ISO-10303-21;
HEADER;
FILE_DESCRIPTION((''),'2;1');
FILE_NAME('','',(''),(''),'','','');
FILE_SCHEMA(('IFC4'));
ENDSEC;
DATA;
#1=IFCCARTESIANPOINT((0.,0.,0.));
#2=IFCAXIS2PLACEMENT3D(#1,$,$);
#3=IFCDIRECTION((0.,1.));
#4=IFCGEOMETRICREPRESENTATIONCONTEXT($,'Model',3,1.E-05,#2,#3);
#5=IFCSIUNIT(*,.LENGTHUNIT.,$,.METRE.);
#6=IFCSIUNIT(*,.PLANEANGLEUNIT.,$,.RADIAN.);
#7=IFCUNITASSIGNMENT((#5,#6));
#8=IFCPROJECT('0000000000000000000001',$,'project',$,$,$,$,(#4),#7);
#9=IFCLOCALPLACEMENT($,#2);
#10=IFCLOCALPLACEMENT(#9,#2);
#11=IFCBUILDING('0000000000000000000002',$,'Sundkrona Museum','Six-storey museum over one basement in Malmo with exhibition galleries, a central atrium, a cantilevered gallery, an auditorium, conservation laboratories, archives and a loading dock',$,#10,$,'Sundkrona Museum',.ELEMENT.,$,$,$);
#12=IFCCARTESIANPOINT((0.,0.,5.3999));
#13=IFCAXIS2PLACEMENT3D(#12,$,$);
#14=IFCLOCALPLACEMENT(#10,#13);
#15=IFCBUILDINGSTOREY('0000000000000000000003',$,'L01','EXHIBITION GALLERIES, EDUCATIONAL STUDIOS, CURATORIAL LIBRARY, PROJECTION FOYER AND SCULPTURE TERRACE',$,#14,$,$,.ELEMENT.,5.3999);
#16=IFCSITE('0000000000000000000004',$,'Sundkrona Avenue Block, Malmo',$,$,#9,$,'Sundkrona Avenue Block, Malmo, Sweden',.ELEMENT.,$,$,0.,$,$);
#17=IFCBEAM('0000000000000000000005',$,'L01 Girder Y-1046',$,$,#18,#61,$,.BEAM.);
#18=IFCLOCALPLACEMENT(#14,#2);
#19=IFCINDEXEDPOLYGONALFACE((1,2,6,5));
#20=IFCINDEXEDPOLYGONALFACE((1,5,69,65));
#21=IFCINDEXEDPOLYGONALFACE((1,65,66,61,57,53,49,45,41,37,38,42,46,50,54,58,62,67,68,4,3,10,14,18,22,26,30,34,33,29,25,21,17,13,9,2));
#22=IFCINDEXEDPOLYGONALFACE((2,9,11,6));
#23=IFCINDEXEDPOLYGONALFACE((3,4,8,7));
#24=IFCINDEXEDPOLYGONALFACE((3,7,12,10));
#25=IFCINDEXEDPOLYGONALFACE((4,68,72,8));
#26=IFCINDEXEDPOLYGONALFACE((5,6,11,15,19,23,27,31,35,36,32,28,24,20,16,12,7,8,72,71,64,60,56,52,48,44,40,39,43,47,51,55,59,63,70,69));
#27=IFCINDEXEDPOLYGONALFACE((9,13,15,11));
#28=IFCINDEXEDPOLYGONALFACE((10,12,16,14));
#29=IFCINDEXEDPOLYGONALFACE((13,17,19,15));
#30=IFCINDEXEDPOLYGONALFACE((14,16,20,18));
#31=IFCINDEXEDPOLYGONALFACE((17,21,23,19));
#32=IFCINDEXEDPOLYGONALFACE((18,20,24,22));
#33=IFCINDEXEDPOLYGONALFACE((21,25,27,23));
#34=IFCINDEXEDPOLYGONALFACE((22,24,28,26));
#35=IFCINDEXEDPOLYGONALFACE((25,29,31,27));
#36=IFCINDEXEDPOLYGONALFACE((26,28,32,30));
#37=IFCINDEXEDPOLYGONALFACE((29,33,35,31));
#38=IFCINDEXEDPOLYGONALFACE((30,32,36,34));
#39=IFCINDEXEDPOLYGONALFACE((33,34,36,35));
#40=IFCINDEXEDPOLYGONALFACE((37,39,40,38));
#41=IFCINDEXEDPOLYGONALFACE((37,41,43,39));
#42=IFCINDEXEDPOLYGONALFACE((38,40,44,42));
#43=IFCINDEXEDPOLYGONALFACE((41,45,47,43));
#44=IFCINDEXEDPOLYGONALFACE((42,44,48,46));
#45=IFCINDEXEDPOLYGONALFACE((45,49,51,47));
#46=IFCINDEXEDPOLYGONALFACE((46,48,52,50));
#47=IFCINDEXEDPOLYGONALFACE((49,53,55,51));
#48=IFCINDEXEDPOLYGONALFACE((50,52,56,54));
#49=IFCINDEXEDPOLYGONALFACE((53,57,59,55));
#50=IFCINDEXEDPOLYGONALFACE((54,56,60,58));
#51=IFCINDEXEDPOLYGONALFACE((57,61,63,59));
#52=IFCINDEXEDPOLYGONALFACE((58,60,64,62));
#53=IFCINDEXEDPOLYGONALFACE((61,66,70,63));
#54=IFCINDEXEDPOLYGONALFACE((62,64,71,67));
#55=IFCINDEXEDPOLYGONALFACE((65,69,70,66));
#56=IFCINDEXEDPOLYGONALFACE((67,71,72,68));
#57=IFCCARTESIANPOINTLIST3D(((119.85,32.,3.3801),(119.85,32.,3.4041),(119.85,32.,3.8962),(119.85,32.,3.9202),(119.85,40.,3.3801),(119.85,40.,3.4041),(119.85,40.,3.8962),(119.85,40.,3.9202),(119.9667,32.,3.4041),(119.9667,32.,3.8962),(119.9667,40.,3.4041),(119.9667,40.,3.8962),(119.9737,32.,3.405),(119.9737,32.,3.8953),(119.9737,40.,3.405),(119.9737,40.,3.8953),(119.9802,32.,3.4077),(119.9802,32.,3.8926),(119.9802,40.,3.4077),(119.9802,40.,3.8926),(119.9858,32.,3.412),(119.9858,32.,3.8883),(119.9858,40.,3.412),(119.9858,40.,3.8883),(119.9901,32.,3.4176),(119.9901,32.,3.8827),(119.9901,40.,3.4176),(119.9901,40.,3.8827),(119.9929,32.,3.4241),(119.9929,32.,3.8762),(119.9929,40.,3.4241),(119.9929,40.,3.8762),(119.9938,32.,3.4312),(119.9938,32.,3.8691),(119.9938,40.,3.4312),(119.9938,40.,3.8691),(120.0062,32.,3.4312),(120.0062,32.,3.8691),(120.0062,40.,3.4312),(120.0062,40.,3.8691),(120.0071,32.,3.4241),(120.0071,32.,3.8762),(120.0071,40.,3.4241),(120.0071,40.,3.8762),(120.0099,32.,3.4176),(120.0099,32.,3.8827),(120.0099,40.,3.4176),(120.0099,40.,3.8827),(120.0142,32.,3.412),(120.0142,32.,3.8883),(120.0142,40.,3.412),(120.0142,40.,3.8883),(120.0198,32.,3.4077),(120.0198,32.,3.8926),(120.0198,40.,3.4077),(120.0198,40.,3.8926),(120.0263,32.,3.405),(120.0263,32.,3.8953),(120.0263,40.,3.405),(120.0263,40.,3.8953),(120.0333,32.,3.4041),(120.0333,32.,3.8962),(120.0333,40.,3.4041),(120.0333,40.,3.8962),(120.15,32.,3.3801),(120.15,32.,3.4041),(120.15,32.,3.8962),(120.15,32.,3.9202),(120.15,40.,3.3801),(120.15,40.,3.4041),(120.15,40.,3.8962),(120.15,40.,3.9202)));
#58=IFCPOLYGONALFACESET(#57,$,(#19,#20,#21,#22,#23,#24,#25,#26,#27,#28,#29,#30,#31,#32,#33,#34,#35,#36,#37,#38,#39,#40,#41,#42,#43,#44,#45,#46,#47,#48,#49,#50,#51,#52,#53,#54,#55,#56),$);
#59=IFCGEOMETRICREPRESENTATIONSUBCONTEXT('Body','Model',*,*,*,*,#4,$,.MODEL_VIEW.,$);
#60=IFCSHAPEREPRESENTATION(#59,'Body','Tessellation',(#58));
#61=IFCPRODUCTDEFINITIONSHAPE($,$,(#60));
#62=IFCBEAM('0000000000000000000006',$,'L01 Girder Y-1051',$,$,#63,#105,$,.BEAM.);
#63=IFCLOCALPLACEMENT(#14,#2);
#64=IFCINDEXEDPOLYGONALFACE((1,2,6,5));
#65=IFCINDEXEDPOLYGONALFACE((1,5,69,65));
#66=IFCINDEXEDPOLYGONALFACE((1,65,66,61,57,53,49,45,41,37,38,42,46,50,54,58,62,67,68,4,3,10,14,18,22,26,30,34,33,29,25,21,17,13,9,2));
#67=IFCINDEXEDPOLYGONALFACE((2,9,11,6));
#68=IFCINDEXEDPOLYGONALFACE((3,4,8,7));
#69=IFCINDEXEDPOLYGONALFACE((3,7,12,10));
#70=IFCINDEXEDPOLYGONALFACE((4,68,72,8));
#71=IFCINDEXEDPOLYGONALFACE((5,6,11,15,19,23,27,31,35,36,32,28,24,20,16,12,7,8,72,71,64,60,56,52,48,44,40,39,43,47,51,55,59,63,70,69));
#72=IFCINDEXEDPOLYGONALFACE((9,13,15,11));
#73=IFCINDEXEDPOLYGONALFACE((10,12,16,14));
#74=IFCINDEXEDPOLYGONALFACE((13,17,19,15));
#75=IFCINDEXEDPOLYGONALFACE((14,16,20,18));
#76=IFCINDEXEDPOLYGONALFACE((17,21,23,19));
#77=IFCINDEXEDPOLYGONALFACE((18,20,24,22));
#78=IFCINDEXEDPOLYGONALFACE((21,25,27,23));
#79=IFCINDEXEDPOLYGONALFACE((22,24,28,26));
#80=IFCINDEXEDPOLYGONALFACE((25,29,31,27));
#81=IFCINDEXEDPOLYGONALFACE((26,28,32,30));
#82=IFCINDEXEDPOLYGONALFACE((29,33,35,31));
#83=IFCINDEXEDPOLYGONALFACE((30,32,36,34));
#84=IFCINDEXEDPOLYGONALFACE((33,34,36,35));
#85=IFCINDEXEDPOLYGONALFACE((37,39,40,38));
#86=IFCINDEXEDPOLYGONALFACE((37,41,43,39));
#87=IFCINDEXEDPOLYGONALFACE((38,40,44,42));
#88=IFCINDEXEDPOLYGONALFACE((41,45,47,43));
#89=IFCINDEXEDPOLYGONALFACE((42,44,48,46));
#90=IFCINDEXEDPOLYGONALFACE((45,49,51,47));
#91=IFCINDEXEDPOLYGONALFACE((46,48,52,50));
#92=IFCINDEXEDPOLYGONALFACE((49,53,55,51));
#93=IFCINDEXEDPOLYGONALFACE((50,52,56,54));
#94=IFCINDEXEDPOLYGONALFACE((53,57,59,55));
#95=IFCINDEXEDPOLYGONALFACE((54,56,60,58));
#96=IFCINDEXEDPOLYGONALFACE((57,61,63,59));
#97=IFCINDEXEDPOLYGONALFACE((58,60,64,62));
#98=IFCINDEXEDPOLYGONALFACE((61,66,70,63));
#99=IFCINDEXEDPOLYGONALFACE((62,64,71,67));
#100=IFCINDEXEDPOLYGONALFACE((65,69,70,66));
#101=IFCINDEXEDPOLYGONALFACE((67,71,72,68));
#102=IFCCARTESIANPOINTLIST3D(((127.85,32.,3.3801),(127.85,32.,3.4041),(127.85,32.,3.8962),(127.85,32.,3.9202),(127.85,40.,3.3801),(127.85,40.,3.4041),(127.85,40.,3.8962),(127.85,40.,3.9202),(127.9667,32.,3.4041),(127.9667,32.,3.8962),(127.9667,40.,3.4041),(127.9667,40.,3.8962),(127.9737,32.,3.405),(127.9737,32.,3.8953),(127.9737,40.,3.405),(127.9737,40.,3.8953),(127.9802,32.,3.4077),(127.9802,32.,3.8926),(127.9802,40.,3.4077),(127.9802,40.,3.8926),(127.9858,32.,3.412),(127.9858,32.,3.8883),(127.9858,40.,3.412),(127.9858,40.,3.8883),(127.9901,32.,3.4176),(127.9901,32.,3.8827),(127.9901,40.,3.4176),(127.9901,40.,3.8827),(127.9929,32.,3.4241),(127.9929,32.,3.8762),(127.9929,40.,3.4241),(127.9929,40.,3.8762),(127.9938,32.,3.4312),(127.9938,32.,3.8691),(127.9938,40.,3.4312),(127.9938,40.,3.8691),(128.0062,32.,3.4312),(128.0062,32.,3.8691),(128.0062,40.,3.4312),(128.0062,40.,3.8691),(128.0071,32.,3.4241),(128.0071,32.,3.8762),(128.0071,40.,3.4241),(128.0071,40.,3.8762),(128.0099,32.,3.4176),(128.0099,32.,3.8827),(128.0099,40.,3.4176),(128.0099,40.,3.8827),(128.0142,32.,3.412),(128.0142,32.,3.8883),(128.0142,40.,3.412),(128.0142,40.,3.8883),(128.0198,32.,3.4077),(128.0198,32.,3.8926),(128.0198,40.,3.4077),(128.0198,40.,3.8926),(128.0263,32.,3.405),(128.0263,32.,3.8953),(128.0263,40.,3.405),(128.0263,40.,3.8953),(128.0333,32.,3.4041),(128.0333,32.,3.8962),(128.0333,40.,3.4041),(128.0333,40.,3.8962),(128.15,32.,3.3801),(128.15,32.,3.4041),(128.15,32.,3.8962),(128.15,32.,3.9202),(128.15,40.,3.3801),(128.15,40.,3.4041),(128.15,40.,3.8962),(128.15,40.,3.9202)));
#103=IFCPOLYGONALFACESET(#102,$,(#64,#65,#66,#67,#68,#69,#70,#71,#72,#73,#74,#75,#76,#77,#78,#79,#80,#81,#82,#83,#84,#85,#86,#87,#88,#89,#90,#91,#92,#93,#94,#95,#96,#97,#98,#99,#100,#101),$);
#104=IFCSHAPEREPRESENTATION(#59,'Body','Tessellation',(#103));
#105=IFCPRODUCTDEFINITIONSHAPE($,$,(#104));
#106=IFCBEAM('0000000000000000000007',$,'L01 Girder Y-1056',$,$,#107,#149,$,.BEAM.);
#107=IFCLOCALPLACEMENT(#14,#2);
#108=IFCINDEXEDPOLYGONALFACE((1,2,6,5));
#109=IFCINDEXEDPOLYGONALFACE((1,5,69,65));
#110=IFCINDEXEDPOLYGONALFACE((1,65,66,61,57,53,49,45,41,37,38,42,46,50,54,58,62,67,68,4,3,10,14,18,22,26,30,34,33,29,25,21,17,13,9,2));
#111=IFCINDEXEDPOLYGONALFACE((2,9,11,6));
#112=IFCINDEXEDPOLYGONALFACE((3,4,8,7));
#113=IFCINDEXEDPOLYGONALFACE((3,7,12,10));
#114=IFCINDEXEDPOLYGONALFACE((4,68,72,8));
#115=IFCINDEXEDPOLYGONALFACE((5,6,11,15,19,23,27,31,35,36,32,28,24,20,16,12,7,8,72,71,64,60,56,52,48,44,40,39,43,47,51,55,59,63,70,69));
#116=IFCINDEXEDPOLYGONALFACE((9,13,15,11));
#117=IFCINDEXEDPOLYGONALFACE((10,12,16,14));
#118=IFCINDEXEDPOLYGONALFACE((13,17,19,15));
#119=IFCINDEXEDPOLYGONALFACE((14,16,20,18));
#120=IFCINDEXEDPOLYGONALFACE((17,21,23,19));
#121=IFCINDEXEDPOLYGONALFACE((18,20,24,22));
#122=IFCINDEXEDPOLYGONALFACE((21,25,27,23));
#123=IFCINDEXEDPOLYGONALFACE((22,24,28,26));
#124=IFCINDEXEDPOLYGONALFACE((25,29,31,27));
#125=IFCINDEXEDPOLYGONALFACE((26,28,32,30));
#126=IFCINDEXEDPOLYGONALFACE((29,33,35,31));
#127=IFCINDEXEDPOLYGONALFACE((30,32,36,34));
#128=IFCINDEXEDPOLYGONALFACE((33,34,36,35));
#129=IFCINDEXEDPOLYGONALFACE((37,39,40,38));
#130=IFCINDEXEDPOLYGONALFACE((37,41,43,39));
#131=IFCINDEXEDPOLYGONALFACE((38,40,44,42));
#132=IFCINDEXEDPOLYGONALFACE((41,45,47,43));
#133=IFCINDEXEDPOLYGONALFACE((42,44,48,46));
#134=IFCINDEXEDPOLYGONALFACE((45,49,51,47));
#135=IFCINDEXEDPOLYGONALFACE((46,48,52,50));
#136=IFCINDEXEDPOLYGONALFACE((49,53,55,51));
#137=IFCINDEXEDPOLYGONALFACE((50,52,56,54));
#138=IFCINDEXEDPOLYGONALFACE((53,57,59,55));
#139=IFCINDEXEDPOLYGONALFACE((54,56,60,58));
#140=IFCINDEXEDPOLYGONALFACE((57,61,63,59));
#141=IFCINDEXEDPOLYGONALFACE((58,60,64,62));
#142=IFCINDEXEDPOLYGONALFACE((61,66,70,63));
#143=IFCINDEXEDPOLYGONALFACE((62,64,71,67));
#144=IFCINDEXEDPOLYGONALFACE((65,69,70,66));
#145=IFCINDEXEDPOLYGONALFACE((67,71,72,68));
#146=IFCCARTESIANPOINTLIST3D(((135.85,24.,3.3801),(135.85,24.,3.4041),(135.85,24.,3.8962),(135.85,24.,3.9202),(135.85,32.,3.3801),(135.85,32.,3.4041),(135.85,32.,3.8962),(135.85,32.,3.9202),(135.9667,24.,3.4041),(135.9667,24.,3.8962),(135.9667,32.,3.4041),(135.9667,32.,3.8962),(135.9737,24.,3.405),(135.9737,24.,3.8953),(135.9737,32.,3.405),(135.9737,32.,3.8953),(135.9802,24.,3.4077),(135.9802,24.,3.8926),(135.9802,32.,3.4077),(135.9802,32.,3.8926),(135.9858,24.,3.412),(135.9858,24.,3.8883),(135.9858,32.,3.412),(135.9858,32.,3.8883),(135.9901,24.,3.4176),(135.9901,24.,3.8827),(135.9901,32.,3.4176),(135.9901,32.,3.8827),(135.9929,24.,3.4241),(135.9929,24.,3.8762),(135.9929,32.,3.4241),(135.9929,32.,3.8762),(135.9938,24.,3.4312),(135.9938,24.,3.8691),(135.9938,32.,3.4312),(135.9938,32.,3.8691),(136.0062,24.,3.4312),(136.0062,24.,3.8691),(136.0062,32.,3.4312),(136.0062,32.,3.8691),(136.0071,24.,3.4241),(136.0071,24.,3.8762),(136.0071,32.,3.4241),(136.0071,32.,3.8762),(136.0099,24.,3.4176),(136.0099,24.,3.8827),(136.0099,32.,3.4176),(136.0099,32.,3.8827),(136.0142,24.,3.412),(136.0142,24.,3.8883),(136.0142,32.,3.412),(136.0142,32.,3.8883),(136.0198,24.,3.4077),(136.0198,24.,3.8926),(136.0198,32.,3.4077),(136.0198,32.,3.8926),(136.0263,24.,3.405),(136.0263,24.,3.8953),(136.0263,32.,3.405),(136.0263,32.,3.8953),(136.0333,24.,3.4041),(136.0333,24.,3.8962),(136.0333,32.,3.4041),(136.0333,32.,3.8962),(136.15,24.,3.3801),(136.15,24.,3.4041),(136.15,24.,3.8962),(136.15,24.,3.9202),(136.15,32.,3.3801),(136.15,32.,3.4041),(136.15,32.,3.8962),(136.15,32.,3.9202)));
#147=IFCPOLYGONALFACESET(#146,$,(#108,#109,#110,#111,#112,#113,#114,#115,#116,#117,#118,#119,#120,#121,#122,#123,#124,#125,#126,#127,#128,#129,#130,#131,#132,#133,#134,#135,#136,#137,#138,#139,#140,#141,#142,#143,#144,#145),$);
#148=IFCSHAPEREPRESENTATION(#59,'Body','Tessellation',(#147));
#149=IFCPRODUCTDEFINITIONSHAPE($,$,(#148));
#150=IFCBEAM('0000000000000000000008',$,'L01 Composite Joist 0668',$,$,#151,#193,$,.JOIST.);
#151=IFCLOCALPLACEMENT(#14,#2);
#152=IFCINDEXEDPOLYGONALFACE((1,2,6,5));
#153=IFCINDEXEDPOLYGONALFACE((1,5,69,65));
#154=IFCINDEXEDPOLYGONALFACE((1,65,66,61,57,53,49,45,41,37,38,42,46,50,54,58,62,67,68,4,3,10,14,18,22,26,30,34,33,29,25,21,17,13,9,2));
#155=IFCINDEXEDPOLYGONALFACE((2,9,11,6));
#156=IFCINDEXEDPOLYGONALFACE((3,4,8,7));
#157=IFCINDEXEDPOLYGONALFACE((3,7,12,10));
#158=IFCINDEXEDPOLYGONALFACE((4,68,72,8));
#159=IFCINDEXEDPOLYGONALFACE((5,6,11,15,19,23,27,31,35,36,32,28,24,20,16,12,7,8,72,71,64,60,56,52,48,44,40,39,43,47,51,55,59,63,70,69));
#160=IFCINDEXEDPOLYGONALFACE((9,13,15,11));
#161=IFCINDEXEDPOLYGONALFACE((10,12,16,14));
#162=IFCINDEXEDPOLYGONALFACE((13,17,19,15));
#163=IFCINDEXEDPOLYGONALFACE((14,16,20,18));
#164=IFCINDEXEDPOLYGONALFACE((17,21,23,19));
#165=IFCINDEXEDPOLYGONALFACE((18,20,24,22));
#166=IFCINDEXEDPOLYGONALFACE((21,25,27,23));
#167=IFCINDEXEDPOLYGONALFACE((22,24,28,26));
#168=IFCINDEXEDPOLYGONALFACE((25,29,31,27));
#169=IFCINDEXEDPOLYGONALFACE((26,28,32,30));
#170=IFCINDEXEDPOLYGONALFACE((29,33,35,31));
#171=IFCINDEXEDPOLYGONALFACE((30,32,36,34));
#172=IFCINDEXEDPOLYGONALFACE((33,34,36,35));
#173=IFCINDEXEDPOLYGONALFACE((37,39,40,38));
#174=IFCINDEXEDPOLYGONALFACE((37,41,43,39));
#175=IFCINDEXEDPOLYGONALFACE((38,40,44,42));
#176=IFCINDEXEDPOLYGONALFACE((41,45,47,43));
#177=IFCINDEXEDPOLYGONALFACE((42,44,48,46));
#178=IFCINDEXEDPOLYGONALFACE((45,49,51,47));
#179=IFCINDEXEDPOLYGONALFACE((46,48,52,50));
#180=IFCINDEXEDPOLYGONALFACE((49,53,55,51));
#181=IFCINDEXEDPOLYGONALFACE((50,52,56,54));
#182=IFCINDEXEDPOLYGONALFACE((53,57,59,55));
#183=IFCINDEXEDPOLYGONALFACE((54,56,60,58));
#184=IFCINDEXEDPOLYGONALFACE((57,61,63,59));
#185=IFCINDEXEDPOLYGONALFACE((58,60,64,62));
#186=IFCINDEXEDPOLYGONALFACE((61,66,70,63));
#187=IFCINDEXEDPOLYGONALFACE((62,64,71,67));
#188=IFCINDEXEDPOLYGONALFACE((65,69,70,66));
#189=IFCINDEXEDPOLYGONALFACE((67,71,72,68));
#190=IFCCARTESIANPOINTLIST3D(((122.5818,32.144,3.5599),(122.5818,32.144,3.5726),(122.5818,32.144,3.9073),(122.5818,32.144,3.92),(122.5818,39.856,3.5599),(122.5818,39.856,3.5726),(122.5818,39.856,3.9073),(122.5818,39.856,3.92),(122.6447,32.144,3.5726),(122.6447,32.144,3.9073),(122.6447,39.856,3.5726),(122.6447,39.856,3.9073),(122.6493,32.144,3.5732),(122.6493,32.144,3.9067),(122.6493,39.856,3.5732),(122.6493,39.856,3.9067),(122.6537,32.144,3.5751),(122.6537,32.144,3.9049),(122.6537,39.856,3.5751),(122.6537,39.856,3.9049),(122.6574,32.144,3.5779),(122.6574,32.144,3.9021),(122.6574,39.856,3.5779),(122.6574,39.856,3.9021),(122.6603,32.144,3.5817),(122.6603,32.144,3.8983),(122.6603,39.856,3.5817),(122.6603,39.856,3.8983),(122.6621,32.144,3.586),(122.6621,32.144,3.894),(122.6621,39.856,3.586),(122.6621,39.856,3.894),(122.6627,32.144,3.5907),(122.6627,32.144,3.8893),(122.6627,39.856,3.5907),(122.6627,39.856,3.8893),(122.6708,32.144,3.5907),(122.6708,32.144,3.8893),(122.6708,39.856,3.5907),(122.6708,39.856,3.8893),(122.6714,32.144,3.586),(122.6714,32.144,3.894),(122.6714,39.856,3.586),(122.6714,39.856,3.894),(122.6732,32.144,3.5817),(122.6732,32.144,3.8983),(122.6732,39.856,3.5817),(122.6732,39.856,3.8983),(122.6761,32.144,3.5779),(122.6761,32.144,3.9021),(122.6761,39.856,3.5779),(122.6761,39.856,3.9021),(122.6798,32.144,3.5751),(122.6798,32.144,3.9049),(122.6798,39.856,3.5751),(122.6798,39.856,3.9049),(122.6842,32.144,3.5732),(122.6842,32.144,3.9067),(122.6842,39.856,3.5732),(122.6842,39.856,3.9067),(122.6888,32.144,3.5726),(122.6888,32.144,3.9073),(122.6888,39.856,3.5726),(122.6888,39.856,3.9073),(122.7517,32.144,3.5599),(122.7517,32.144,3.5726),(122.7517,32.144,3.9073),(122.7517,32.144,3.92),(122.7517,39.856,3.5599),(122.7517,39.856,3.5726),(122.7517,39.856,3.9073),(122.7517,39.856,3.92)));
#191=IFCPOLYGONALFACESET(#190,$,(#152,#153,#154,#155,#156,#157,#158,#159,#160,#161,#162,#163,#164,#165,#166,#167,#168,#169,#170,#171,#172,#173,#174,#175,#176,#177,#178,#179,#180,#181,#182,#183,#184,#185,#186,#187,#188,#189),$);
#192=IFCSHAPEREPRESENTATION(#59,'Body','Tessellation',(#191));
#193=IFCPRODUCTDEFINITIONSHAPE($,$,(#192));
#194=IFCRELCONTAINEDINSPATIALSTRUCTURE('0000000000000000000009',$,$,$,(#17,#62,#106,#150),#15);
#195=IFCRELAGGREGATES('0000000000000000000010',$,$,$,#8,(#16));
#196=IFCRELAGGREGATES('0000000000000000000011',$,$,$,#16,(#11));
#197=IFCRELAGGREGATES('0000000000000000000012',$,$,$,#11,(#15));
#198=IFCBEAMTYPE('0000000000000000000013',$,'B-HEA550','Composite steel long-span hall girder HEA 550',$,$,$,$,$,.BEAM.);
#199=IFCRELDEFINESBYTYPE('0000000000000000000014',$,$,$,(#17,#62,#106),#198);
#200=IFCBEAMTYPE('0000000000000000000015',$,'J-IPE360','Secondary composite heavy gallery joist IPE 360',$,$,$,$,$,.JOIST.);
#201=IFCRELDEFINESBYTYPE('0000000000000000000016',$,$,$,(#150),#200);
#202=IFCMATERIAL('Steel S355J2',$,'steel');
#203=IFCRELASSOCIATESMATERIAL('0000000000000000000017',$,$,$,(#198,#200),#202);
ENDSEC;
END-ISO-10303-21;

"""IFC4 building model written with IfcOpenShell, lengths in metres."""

from ifc_helpers import new_model, si_unit, direction, frame, origin, origin_2d, place, context, subcontext, project, spatial, i_section, extrude, material, material_profile, profile_set, type_object, element, save


model = new_model("IFC4")

# Units and contexts
model_context = context("Model", 3, precision=1e-05, world=origin(), true_north=direction((0.0, 1.0)))
body_context = subcontext(model_context, "Body", "Model", "MODEL_VIEW")
ifc_project = project(units=[si_unit("LENGTHUNIT", "METRE"), si_unit("PLANEANGLEUNIT", "RADIAN")], contexts=[model_context])

# Site, building, storey
site_placement = place(None, origin())
site = spatial("IfcSite", under=ifc_project, at=site_placement, Name="Sundkrona Avenue Block, Malmo", LongName="Sundkrona Avenue Block, Malmo, Sweden", CompositionType="ELEMENT", RefElevation=0.0)
building_placement = place(site_placement, origin())
building = spatial("IfcBuilding", under=site, at=building_placement, Name="Sundkrona Museum", Description="Six-storey museum over one basement in Malmo with exhibition galleries, a central atrium, a cantilevered gallery, an auditorium, conservation laboratories, archives and a loading dock", LongName="Sundkrona Museum", CompositionType="ELEMENT")
storey_placement = place(building_placement, frame((0.0, 0.0, 5.3999)))
storey = spatial("IfcBuildingStorey", under=building, at=storey_placement, Name="L01", Description="EXHIBITION GALLERIES, EDUCATIONAL STUDIOS, CURATORIAL LIBRARY, PROJECTION FOYER AND SCULPTURE TERRACE", CompositionType="ELEMENT", Elevation=5.3999)

# Shared definitions
ifc_material_1 = material(Name="Steel S355J2", Category="steel")

# Beams
ifc_material_profile_1 = material_profile(ifc_material_1, i_section(OverallWidth=0.3, OverallDepth=0.54, WebThickness=0.0125, FlangeThickness=0.0239, FilletRadius=0.0271, at=origin_2d()), Name="HEA 550")
ifc_profile_set_1 = profile_set([ifc_material_profile_1], Name="Steel S355J2")
beam_type_1 = type_object("IfcBeamType", Name="B-HEA550", Description="Composite steel long-span hall girder HEA 550", PredefinedType="BEAM", material=ifc_profile_set_1)
for number, where, z_axis, x_axis, name in (
    (1, (120.0, 32.0, 3.6501), (0.0, 1.0, 0.0), (-1.0, 0.0, 0.0), "L01 Girder Y-1046"),
    (2, (128.0, 32.0, 3.6501), (0.0, 1.0, 0.0), (-1.0, 0.0, 0.0), "L01 Girder Y-1051"),
    (3, (136.0, 24.0, 3.6501), (0.0, 1.0, 0.0), (-1.0, 0.0, 0.0), "L01 Girder Y-1056"),
):
    element("IfcBeam", number, at=place(storey_placement, frame(where, z_axis=z_axis, x_axis=x_axis)), inside=storey, type_object=beam_type_1, Name=name, PredefinedType="BEAM", context=body_context, shape_type="SweptSolid", body=[
        extrude(i_section(OverallWidth=0.3, OverallDepth=0.54, WebThickness=0.0125, FlangeThickness=0.0239, FilletRadius=0.0271, at=origin_2d()), origin(), (0.0, 0.0, 1.0), 8.0),
    ])
ifc_material_profile_2 = material_profile(ifc_material_1, i_section(OverallWidth=0.1699, OverallDepth=0.3601, WebThickness=0.0081, FlangeThickness=0.0127, FilletRadius=0.0181, at=origin_2d()), Name="IPE 360")
ifc_profile_set_2 = profile_set([ifc_material_profile_2], Name="Steel S355J2")
beam_type_2 = type_object("IfcBeamType", Name="J-IPE360", Description="Secondary composite heavy gallery joist IPE 360", PredefinedType="JOIST", material=ifc_profile_set_2)
for number, where, z_axis, x_axis, name in (
    (4, (122.6667, 32.144, 3.74), (0.0, 1.0, 0.0), (-1.0, 0.0, 0.0), "L01 Composite Joist 0668"),
):
    element("IfcBeam", number, at=place(storey_placement, frame(where, z_axis=z_axis, x_axis=x_axis)), inside=storey, type_object=beam_type_2, Name=name, PredefinedType="JOIST", context=body_context, shape_type="SweptSolid", body=[
        extrude(i_section(OverallWidth=0.1699, OverallDepth=0.3601, WebThickness=0.0081, FlangeThickness=0.0127, FilletRadius=0.0181, at=origin_2d()), origin(), (0.0, 0.0, 1.0), 7.7119),
    ])

save(model, "model.ifc")
